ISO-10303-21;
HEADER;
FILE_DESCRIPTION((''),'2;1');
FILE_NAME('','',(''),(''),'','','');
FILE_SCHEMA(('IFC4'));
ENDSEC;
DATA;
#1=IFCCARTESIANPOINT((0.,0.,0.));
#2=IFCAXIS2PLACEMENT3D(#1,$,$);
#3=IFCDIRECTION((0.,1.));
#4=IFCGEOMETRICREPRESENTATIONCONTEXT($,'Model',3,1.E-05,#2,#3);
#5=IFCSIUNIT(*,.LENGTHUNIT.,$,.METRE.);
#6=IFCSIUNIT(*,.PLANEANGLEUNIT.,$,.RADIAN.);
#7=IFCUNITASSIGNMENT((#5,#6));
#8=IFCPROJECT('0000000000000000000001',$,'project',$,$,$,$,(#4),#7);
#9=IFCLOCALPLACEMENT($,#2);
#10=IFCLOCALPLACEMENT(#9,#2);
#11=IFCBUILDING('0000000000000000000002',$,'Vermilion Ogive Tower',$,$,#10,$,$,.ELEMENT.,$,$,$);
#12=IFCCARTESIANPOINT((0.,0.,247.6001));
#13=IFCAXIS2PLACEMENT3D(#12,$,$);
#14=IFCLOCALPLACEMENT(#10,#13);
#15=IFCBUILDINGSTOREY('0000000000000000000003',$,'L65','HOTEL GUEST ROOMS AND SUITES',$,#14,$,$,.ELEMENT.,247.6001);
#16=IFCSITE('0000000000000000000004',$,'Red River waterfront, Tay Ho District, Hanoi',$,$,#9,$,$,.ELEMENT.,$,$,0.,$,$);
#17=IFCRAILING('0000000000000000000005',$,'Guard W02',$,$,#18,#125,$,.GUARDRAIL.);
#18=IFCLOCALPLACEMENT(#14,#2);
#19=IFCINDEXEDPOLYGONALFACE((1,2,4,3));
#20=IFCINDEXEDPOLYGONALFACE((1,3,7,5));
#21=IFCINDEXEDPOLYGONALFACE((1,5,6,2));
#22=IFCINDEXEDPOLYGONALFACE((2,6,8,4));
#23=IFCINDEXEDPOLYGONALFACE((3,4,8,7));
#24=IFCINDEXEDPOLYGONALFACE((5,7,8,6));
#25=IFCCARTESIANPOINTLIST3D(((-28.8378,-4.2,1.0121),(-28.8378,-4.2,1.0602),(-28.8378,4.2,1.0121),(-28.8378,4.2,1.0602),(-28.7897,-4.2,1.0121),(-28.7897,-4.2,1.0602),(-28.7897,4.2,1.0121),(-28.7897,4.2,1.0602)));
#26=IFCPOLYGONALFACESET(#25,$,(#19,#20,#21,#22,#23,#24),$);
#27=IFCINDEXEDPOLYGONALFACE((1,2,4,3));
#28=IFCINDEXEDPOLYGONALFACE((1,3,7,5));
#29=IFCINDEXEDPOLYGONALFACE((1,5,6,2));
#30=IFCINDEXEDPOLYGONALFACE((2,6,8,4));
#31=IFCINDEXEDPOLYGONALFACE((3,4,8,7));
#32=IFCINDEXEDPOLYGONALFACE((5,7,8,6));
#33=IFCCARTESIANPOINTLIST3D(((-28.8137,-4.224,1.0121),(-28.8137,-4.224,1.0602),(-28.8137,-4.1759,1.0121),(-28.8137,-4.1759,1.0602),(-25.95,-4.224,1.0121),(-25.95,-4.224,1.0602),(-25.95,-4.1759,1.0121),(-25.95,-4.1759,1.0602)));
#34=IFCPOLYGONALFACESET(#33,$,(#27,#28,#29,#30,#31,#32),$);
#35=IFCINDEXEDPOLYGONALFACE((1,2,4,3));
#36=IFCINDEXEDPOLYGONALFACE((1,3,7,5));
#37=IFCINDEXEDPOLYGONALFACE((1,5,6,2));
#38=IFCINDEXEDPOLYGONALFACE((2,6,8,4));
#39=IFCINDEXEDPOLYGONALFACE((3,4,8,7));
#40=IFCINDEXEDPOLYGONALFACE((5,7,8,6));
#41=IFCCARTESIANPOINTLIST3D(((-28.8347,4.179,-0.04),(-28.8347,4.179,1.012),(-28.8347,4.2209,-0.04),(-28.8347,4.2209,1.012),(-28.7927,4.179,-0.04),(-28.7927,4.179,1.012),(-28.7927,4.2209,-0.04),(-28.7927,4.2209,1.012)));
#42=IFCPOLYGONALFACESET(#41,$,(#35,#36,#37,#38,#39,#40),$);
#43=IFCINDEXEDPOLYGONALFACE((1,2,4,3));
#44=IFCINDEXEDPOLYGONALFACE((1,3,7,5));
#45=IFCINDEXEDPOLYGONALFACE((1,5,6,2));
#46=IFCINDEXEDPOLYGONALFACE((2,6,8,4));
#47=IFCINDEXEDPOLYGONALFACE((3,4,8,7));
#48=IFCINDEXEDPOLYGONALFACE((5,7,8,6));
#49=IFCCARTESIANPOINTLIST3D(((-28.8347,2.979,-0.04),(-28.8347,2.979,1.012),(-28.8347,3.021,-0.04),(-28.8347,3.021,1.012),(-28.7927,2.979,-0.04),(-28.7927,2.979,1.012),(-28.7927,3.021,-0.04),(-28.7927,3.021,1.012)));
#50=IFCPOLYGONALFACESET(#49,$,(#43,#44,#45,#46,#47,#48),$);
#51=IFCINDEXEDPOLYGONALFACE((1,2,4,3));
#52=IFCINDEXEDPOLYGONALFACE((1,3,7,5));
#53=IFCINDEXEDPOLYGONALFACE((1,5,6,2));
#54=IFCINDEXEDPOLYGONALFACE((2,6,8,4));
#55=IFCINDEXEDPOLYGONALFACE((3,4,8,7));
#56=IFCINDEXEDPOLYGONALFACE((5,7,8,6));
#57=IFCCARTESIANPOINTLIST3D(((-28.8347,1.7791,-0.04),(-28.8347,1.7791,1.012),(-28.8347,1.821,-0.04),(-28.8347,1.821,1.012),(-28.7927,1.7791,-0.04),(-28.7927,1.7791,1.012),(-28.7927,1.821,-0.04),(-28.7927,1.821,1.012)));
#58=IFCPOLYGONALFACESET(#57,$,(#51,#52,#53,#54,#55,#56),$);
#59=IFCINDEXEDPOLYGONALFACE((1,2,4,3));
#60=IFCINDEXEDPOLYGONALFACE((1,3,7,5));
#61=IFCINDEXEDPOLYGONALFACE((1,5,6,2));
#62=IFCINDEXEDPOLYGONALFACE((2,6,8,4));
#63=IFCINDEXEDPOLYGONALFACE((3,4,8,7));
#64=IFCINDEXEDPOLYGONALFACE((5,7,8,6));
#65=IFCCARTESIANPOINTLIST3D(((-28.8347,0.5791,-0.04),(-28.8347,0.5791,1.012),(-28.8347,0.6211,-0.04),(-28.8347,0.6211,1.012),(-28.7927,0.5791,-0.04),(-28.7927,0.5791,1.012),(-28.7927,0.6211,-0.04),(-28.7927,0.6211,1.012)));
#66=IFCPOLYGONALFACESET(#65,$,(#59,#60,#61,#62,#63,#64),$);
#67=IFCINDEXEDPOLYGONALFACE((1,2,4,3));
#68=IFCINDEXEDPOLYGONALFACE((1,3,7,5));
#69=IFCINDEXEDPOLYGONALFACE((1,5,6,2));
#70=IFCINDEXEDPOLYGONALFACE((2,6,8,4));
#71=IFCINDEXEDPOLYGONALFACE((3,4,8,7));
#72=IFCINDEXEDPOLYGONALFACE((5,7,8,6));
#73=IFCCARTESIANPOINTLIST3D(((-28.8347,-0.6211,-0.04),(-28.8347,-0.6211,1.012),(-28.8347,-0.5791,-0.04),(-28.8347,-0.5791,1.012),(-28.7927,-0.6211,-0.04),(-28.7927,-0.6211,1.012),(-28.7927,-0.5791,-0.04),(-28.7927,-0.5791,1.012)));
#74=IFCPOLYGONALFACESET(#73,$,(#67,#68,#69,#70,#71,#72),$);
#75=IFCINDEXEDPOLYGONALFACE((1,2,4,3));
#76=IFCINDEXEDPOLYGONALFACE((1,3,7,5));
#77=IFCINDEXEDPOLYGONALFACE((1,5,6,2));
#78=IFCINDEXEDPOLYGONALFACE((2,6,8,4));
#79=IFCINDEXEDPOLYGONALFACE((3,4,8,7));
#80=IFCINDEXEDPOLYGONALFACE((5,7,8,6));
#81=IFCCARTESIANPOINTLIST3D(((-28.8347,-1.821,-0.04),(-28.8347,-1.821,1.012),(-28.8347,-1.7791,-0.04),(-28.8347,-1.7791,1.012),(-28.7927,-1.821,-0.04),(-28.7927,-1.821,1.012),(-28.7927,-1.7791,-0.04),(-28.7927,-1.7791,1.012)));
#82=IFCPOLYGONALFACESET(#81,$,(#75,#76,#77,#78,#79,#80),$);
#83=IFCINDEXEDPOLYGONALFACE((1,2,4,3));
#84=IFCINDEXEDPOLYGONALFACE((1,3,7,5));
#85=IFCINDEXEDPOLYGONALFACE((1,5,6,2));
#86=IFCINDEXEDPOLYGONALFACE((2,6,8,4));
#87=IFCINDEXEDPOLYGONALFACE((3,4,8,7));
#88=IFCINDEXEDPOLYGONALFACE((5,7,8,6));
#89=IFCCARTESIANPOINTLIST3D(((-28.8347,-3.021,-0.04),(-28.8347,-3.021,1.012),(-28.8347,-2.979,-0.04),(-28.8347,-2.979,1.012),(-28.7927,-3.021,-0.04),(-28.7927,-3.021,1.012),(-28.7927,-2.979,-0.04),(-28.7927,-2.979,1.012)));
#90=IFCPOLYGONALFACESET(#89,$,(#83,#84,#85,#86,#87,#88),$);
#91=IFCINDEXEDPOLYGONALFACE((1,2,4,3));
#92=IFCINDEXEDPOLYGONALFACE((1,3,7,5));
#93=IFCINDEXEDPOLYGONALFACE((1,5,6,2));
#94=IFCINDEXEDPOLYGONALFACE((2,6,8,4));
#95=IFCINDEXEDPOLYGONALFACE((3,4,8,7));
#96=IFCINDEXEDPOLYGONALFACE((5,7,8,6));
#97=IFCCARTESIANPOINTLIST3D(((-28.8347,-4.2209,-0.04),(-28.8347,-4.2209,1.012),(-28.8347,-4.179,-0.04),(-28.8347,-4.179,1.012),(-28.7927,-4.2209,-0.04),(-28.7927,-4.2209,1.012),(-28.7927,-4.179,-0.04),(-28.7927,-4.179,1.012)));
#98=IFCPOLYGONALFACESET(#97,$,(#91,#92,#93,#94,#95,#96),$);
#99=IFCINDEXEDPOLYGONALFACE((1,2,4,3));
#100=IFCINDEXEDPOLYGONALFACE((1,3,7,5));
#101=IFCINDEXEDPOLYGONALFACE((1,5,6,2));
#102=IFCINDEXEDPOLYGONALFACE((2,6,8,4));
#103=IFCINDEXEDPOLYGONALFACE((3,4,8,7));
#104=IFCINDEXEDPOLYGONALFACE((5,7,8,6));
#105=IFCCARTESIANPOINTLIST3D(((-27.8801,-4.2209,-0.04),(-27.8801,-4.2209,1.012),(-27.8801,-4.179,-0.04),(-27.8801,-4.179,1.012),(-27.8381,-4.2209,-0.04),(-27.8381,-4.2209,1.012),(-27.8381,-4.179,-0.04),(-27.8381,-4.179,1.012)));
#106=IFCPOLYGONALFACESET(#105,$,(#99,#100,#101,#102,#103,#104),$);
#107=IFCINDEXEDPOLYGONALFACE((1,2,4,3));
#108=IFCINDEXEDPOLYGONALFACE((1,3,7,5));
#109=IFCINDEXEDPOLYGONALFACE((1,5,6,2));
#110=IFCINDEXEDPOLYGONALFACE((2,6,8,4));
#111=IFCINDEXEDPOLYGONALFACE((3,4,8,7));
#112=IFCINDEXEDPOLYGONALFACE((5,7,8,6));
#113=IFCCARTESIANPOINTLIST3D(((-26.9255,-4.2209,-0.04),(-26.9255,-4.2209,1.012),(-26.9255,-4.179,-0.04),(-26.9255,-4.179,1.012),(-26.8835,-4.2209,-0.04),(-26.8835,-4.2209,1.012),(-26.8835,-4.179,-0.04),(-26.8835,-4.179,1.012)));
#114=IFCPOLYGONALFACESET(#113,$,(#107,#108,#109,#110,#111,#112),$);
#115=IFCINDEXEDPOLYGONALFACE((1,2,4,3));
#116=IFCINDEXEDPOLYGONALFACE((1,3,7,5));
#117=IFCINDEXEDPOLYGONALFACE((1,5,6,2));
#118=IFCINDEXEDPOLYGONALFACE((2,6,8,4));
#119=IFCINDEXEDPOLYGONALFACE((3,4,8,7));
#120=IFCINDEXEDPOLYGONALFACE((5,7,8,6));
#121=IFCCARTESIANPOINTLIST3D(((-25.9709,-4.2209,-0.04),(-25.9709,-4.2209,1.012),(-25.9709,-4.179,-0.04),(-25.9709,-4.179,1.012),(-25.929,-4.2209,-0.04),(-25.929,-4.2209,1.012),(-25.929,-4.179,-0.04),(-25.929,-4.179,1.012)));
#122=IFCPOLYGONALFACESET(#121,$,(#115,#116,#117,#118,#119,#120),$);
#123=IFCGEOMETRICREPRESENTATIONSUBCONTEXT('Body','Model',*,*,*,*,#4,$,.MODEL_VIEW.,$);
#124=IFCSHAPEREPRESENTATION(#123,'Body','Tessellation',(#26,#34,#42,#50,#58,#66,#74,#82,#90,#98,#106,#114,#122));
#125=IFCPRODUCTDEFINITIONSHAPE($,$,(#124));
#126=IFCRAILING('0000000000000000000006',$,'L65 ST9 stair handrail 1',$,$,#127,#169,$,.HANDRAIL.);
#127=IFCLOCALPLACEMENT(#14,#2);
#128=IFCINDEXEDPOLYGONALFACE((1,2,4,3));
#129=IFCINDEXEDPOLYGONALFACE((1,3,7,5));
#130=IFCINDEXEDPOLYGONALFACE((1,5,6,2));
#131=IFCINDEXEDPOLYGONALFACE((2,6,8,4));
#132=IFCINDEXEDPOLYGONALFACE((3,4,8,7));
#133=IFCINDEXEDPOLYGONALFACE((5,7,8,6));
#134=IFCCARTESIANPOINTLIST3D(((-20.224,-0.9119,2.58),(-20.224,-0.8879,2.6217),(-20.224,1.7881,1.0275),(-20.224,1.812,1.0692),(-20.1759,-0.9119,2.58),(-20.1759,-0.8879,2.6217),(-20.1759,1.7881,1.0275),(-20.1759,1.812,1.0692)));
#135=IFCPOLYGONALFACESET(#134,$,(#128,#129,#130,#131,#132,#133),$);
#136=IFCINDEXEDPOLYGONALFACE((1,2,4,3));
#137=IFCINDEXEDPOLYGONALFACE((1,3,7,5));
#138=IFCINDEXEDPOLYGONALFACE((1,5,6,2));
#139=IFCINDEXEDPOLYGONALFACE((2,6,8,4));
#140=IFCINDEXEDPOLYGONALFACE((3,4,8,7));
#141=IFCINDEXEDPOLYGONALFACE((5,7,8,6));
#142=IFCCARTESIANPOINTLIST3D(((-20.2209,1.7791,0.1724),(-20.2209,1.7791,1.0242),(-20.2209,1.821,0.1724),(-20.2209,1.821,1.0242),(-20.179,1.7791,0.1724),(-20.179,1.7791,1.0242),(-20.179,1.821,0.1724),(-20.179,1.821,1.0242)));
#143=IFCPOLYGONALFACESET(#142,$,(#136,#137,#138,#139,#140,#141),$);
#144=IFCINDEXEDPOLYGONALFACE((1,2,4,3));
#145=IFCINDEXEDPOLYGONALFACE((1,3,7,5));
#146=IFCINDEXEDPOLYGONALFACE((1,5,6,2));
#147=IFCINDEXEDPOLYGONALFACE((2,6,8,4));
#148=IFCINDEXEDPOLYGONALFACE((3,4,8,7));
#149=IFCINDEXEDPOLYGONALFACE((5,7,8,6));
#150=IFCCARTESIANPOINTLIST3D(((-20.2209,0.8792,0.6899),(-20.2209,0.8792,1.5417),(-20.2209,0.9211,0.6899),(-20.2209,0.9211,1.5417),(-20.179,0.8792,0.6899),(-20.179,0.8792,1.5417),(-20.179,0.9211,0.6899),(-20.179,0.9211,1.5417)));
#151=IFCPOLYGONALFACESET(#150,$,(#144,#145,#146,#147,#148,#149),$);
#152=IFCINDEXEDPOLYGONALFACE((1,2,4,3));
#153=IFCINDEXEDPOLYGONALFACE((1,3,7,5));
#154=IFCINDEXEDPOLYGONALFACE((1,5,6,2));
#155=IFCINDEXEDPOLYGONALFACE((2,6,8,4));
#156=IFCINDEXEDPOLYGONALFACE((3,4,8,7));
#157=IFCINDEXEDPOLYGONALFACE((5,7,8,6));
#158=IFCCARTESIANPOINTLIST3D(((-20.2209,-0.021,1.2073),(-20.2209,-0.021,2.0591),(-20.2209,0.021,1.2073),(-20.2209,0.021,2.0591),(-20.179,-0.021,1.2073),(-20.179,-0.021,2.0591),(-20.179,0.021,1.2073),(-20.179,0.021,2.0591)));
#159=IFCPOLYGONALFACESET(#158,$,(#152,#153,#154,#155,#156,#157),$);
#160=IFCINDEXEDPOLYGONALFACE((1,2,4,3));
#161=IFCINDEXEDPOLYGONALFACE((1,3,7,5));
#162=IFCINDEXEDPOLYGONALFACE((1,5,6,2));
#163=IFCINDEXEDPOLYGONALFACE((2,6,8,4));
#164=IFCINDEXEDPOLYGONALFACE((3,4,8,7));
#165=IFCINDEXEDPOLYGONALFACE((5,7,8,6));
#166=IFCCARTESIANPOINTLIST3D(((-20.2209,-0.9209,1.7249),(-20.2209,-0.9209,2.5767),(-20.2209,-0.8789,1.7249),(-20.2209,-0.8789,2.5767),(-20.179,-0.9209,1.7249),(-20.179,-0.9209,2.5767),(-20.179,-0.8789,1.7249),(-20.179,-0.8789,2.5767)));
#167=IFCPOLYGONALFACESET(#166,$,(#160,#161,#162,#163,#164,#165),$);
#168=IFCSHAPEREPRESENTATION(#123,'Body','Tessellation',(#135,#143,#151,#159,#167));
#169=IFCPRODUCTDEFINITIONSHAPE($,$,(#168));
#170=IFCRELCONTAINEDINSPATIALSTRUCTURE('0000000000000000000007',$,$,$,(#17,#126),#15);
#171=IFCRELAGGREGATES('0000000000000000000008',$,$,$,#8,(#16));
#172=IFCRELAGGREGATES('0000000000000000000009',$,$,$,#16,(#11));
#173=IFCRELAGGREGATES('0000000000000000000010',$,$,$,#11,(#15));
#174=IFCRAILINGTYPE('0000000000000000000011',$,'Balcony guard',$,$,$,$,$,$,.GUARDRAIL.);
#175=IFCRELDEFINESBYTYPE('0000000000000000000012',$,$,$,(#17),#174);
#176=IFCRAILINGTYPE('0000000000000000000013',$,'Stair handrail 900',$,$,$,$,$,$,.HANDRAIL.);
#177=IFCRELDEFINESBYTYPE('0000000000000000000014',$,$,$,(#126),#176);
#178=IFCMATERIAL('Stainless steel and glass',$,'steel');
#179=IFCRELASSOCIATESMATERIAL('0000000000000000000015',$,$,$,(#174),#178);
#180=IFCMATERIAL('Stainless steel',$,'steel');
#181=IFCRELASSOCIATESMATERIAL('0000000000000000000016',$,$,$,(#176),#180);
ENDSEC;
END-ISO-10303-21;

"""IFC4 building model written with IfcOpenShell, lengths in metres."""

from ifc_helpers import new_model, si_unit, direction, frame, origin, origin_2d, place, context, subcontext, project, spatial, rectangle, extrude, material, type_object, element, save


model = new_model("IFC4")

# Units and contexts
model_context = context("Model", 3, precision=1e-05, world=origin(), true_north=direction((0.0, 1.0)))
body_context = subcontext(model_context, "Body", "Model", "MODEL_VIEW")
ifc_project = project(units=[si_unit("LENGTHUNIT", "METRE"), si_unit("PLANEANGLEUNIT", "RADIAN")], contexts=[model_context])

# Site, building, storey
site_placement = place(None, origin())
site = spatial("IfcSite", under=ifc_project, at=site_placement, Name="Red River waterfront, Tay Ho District, Hanoi", CompositionType="ELEMENT", RefElevation=0.0)
building_placement = place(site_placement, origin())
building = spatial("IfcBuilding", under=site, at=building_placement, Name="Vermilion Ogive Tower", CompositionType="ELEMENT")
storey_placement = place(building_placement, frame((0.0, 0.0, 247.6001)))
storey = spatial("IfcBuildingStorey", under=building, at=storey_placement, Name="L65", Description="HOTEL GUEST ROOMS AND SUITES", CompositionType="ELEMENT", Elevation=247.6001)

# Railings
ifc_material_1 = material(Name="Stainless steel and glass", Category="steel")
railing_type_1 = type_object("IfcRailingType", Name="Balcony guard", PredefinedType="GUARDRAIL", material=ifc_material_1)
railing_1_placement = place(storey_placement, frame((-28.8137, 4.2, -0.04)))
element("IfcRailing", 1, at=railing_1_placement, inside=storey, type_object=railing_type_1, Name="Guard W02", PredefinedType="GUARDRAIL", context=body_context, shape_type="SweptSolid", body=[
    extrude(rectangle(XDim=0.0481, YDim=0.0481, at=origin_2d()), frame((0.0, 0.0, 1.0762), z_axis=(0.0, -1.0, 0.0), x_axis=(1.0, 0.0, 0.0)), (0.0, 0.0, 1.0), 8.3999),
    extrude(rectangle(XDim=0.0481, YDim=0.0481, at=origin_2d()), frame((0.0, -8.3999, 1.0762), z_axis=(1.0, 0.0, 0.0), x_axis=(0.0, 1.0, 0.0)), (0.0, 0.0, 1.0), 2.8638),
    extrude(rectangle(XDim=0.042, YDim=0.042, at=origin_2d()), origin(), (0.0, 0.0, 1.0), 1.052),
    extrude(rectangle(XDim=0.042, YDim=0.042, at=origin_2d()), frame((0.0, -1.2, 0.0)), (0.0, 0.0, 1.0), 1.052),
    extrude(rectangle(XDim=0.042, YDim=0.042, at=origin_2d()), frame((0.0, -2.3999, 0.0)), (0.0, 0.0, 1.0), 1.052),
    extrude(rectangle(XDim=0.042, YDim=0.042, at=origin_2d()), frame((0.0, -3.5999, 0.0)), (0.0, 0.0, 1.0), 1.052),
    extrude(rectangle(XDim=0.042, YDim=0.042, at=origin_2d()), frame((0.0, -4.8, 0.0)), (0.0, 0.0, 1.0), 1.052),
    extrude(rectangle(XDim=0.042, YDim=0.042, at=origin_2d()), frame((0.0, -6.0, 0.0)), (0.0, 0.0, 1.0), 1.052),
    extrude(rectangle(XDim=0.042, YDim=0.042, at=origin_2d()), frame((0.0, -7.2, 0.0)), (0.0, 0.0, 1.0), 1.052),
    extrude(rectangle(XDim=0.042, YDim=0.042, at=origin_2d()), frame((0.0, -8.3999, 0.0)), (0.0, 0.0, 1.0), 1.052),
    extrude(rectangle(XDim=0.042, YDim=0.042, at=origin_2d()), frame((0.9546, -8.3999, 0.0)), (0.0, 0.0, 1.0), 1.052),
    extrude(rectangle(XDim=0.042, YDim=0.042, at=origin_2d()), frame((1.9092, -8.3999, 0.0)), (0.0, 0.0, 1.0), 1.052),
    extrude(rectangle(XDim=0.042, YDim=0.042, at=origin_2d()), frame((2.8638, -8.3999, 0.0)), (0.0, 0.0, 1.0), 1.052),
])
ifc_material_2 = material(Name="Stainless steel", Category="steel")
railing_type_2 = type_object("IfcRailingType", Name="Stair handrail 900", PredefinedType="HANDRAIL", material=ifc_material_2)
railing_2_placement = place(storey_placement, frame((-20.2, 1.8, 0.1724)))
element("IfcRailing", 2, at=railing_2_placement, inside=storey, type_object=railing_type_2, Name="L65 ST9 stair handrail 1", PredefinedType="HANDRAIL", context=body_context, shape_type="SweptSolid", body=[
    extrude(rectangle(XDim=0.0481, YDim=0.0481, at=origin_2d()), frame((0.0, 0.0, 0.876), z_axis=(0.0, -0.866904, 0.498476), x_axis=(1.0, 0.0, 0.0)), (0.0, 0.0, 1.0), 3.1145),
    extrude(rectangle(XDim=0.042, YDim=0.042, at=origin_2d()), origin(), (0.0, 0.0, 1.0), 0.8518),
    extrude(rectangle(XDim=0.042, YDim=0.042, at=origin_2d()), frame((0.0, -0.8999, 0.5176)), (0.0, 0.0, 1.0), 0.8518),
    extrude(rectangle(XDim=0.042, YDim=0.042, at=origin_2d()), frame((0.0, -1.8, 1.0349)), (0.0, 0.0, 1.0), 0.8518),
    extrude(rectangle(XDim=0.042, YDim=0.042, at=origin_2d()), frame((0.0, -2.7, 1.5525)), (0.0, 0.0, 1.0), 0.8518),
])

save(model, "model.ifc")
